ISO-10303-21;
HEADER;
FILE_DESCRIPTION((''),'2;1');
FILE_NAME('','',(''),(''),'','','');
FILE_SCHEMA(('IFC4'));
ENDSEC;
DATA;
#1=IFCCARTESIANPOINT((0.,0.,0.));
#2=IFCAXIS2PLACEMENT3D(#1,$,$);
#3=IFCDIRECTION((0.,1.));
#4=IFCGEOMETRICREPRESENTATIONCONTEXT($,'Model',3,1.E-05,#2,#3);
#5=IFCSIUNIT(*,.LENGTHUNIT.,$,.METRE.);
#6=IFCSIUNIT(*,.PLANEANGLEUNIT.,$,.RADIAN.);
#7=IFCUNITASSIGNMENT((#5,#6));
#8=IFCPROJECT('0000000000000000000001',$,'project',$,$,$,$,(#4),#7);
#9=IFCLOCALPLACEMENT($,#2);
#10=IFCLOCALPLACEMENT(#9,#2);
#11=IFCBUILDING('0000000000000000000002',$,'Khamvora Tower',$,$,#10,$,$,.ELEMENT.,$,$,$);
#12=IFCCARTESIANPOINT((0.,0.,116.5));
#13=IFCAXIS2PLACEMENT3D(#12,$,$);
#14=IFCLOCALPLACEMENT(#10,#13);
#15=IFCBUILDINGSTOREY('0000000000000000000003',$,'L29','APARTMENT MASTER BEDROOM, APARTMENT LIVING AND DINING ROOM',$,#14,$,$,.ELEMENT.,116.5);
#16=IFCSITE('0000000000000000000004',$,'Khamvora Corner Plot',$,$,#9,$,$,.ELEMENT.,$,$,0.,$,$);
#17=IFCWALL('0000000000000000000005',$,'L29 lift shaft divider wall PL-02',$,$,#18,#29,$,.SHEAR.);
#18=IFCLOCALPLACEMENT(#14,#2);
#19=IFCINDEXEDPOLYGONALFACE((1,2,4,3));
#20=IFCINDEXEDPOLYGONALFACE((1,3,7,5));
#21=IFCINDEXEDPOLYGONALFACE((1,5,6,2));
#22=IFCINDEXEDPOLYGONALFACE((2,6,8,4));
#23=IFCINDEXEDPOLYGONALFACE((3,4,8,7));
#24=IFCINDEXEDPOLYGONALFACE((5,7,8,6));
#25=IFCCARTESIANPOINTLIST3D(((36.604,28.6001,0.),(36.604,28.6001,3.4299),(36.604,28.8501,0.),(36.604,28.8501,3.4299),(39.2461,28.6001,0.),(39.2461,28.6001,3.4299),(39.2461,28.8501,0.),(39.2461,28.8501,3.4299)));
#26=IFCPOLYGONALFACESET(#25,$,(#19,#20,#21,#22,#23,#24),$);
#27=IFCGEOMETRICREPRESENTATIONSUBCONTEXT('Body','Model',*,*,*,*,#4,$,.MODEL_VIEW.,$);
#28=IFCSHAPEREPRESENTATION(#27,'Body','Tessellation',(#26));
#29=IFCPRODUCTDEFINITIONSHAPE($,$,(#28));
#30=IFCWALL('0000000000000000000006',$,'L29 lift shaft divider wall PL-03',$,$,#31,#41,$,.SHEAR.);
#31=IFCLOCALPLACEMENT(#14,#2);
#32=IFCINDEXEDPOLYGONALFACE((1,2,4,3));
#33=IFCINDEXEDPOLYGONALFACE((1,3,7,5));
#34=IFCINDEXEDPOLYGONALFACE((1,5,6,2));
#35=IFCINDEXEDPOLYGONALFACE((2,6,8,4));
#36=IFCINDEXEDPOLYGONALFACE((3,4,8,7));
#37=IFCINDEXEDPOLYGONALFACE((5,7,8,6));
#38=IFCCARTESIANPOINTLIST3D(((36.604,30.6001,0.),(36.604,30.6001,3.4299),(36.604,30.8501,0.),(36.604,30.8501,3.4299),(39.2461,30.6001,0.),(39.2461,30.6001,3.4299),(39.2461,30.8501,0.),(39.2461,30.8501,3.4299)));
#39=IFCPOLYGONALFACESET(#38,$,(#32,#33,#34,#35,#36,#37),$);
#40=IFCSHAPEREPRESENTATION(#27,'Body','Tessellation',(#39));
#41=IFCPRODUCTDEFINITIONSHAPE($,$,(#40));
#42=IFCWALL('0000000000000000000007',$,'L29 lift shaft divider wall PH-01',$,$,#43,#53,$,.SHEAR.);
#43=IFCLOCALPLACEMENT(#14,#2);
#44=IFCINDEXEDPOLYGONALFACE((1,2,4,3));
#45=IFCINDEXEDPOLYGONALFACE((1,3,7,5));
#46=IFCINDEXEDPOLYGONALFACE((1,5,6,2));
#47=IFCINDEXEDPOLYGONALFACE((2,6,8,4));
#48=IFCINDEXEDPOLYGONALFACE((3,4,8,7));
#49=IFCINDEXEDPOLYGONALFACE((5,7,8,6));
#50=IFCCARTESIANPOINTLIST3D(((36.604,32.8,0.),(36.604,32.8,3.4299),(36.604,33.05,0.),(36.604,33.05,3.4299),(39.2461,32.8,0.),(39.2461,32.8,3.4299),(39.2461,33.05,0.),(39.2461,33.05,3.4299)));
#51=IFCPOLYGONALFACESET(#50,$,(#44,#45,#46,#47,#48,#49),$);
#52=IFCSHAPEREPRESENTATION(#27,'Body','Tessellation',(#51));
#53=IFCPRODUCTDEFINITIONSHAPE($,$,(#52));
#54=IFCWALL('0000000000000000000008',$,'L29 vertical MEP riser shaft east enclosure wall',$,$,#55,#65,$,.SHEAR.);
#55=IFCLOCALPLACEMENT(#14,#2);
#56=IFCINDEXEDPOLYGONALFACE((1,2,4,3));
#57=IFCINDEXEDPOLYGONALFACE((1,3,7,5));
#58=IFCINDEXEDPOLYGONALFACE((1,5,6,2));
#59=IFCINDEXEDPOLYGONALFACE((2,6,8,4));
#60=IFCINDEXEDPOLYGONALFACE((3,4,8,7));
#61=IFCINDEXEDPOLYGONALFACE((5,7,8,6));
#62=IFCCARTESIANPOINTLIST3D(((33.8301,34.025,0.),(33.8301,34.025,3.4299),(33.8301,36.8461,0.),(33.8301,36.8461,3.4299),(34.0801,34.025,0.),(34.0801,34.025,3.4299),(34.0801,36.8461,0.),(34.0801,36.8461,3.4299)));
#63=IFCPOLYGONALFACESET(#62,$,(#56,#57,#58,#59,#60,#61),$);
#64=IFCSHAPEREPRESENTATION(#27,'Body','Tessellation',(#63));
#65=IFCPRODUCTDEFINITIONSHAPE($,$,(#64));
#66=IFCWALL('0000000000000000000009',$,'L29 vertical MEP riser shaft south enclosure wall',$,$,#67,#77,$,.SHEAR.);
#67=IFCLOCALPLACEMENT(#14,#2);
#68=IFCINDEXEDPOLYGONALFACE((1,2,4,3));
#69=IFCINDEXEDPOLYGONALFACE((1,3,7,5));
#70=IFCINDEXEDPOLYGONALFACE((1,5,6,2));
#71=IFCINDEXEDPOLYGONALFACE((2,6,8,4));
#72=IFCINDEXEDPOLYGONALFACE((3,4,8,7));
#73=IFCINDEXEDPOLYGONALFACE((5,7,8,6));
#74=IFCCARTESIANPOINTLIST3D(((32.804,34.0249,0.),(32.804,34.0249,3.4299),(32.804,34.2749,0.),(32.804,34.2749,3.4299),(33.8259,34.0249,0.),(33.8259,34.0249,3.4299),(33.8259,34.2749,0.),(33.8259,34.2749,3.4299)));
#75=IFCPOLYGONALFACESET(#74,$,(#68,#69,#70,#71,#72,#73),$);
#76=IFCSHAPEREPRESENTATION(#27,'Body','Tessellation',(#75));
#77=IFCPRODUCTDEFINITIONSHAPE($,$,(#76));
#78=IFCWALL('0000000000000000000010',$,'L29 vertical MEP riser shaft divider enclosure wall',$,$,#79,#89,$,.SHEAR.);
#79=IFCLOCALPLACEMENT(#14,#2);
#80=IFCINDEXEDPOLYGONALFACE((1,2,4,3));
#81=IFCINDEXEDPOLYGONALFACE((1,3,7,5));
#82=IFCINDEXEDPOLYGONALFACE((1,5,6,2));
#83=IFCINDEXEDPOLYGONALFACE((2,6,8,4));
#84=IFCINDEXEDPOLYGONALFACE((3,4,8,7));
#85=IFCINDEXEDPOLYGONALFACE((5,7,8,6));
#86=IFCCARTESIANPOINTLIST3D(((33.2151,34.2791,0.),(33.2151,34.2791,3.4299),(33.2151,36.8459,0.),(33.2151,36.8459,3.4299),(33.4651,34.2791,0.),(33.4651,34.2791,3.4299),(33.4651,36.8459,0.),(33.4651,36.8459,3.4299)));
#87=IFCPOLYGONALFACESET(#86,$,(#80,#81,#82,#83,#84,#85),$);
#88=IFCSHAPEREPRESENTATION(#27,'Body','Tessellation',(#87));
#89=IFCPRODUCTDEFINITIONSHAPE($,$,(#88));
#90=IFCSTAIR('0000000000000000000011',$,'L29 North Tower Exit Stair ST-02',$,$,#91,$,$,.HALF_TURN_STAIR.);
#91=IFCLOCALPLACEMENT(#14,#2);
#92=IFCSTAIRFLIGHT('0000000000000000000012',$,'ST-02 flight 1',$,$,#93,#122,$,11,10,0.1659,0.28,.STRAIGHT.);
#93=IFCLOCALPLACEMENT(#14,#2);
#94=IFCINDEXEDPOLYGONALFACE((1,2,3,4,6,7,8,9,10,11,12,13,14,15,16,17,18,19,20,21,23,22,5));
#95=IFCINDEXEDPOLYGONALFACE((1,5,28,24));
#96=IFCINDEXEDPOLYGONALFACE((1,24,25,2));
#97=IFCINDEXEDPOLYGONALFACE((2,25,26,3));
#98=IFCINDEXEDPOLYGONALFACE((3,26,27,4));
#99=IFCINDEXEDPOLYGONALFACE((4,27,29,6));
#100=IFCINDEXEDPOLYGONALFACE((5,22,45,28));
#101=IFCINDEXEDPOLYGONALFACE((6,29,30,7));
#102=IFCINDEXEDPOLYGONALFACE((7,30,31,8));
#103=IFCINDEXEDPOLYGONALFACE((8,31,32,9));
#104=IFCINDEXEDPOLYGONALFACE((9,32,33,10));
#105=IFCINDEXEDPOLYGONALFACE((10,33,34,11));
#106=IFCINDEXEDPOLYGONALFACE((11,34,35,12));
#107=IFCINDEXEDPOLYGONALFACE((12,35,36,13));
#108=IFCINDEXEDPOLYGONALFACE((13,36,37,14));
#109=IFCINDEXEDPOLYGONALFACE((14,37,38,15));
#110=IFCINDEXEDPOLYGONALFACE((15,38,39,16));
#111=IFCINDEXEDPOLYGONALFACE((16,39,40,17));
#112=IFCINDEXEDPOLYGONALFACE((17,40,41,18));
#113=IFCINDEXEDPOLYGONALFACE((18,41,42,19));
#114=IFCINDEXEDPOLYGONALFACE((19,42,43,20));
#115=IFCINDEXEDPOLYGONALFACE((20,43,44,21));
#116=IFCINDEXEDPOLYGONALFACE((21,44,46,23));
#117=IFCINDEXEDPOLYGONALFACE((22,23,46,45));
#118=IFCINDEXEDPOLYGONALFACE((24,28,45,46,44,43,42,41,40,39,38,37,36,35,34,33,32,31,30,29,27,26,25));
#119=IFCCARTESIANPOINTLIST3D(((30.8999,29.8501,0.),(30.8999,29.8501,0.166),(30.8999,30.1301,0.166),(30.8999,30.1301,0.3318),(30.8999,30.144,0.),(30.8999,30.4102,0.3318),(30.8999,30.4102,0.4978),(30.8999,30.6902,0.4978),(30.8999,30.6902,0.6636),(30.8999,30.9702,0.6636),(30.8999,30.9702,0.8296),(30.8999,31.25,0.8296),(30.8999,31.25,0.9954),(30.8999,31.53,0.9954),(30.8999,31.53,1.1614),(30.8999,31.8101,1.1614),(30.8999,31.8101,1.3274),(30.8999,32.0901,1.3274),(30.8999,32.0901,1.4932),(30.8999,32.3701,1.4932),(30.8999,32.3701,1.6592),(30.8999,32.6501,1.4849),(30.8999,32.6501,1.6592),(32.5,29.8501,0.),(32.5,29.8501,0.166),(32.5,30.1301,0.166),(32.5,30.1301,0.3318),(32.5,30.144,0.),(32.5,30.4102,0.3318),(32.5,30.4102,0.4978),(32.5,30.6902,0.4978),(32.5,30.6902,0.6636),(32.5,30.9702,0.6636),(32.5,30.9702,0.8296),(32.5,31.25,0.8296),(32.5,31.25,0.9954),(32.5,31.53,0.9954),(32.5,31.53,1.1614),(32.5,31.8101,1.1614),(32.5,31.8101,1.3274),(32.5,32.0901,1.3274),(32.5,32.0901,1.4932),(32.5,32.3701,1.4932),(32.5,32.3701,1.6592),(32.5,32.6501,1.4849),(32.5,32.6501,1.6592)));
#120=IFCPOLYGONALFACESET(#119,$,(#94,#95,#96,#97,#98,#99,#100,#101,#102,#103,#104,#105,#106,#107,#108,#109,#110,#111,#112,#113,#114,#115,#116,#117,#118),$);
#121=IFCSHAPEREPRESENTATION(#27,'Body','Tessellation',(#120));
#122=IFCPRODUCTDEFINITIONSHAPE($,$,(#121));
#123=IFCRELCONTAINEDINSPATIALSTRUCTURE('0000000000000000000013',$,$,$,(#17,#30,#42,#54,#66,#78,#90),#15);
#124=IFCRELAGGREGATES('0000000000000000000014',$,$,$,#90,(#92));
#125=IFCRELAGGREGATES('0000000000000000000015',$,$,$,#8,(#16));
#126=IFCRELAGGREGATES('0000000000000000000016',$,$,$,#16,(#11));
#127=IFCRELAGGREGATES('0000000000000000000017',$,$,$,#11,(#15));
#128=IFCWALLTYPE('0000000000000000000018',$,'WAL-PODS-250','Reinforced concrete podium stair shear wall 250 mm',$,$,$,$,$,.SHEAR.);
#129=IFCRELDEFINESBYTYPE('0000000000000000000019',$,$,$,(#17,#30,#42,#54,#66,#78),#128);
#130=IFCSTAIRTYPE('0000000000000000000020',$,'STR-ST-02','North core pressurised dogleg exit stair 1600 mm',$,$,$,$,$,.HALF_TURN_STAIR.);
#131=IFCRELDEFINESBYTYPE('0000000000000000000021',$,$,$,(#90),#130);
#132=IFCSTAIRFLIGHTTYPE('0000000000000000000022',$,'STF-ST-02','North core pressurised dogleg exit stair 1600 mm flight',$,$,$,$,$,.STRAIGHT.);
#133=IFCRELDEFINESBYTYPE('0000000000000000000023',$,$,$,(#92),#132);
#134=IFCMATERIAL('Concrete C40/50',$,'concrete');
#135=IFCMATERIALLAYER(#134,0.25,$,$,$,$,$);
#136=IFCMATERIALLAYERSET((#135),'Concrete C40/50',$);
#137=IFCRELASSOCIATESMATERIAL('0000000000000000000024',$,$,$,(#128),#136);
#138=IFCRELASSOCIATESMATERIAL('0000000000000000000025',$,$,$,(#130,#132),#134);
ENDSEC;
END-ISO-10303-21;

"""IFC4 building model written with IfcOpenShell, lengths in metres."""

from ifc_helpers import new_model, si_unit, direction, frame, frame_2d, origin, place, context, subcontext, project, spatial, polyline, rectangle, outline, extrude, material, layer, layer_set, type_object, element, aggregate, save


model = new_model("IFC4")

# Units and contexts
model_context = context("Model", 3, precision=1e-05, world=origin(), true_north=direction((0.0, 1.0)))
body_context = subcontext(model_context, "Body", "Model", "MODEL_VIEW")
ifc_project = project(units=[si_unit("LENGTHUNIT", "METRE"), si_unit("PLANEANGLEUNIT", "RADIAN")], contexts=[model_context])

# Site, building, storey
site_placement = place(None, origin())
site = spatial("IfcSite", under=ifc_project, at=site_placement, Name="Khamvora Corner Plot", CompositionType="ELEMENT", RefElevation=0.0)
building_placement = place(site_placement, origin())
building = spatial("IfcBuilding", under=site, at=building_placement, Name="Khamvora Tower", CompositionType="ELEMENT")
storey_placement = place(building_placement, frame((0.0, 0.0, 116.5)))
storey = spatial("IfcBuildingStorey", under=building, at=storey_placement, Name="L29", Description="APARTMENT MASTER BEDROOM, APARTMENT LIVING AND DINING ROOM", CompositionType="ELEMENT", Elevation=116.5)

# Walls
ifc_material_1 = material(Name="Concrete C40/50", Category="concrete")
ifc_layer_1 = layer(ifc_material_1, 0.25)
ifc_layer_set_1 = layer_set([ifc_layer_1], Name="Concrete C40/50")
wall_type_1 = type_object("IfcWallType", Name="WAL-PODS-250", Description="Reinforced concrete podium stair shear wall 250 mm", PredefinedType="SHEAR", material=ifc_layer_set_1)
for number, where, z_axis, x_axis, name in (
    (1, (36.604, 28.7251, 0.0), (0.0, 0.0, 1.0), (1.0, 0.0, 0.0), "L29 lift shaft divider wall PL-02"),
    (2, (36.604, 30.7251, 0.0), (0.0, 0.0, 1.0), (1.0, 0.0, 0.0), "L29 lift shaft divider wall PL-03"),
    (3, (36.604, 32.925, 0.0), (0.0, 0.0, 1.0), (1.0, 0.0, 0.0), "L29 lift shaft divider wall PH-01"),
):
    element("IfcWall", number, at=place(storey_placement, frame(where, z_axis=z_axis, x_axis=x_axis)), inside=storey, type_object=wall_type_1, Name=name, PredefinedType="SHEAR", context=body_context, shape_type="SweptSolid", body=[
        extrude(rectangle(XDim=2.6421, YDim=0.25, at=frame_2d((1.321, 0.0))), origin(), (0.0, 0.0, 1.0), 3.4299),
    ])
wall_1_placement = place(storey_placement, frame((33.9551, 34.0249, 0.0), z_axis=(0.0, 0.0, 1.0), x_axis=(0.0, 1.0, 0.0)))
element("IfcWall", 4, at=wall_1_placement, inside=storey, type_object=wall_type_1, Name="L29 vertical MEP riser shaft east enclosure wall", PredefinedType="SHEAR", context=body_context, shape_type="SweptSolid", body=[
    extrude(rectangle(XDim=2.821, YDim=0.25, at=frame_2d((1.4106, 0.0))), origin(), (0.0, 0.0, 1.0), 3.4299),
])
wall_2_placement = place(storey_placement, frame((32.804, 34.1499, 0.0), z_axis=(0.0, 0.0, 1.0), x_axis=(1.0, 0.0, 0.0)))
element("IfcWall", 5, at=wall_2_placement, inside=storey, type_object=wall_type_1, Name="L29 vertical MEP riser shaft south enclosure wall", PredefinedType="SHEAR", context=body_context, shape_type="SweptSolid", body=[
    extrude(rectangle(XDim=1.022, YDim=0.25, at=frame_2d((0.511, 0.0))), origin(), (0.0, 0.0, 1.0), 3.4299),
])
wall_3_placement = place(storey_placement, frame((33.3401, 34.2791, 0.0), z_axis=(0.0, 0.0, 1.0), x_axis=(0.0, 1.0, 0.0)))
element("IfcWall", 6, at=wall_3_placement, inside=storey, type_object=wall_type_1, Name="L29 vertical MEP riser shaft divider enclosure wall", PredefinedType="SHEAR", context=body_context, shape_type="SweptSolid", body=[
    extrude(rectangle(XDim=2.5669, YDim=0.25, at=frame_2d((1.2834, 0.0))), origin(), (0.0, 0.0, 1.0), 3.4299),
])

# Stair, stair flight
stair_type = type_object("IfcStairType", Name="STR-ST-02", Description="North core pressurised dogleg exit stair 1600 mm", PredefinedType="HALF_TURN_STAIR", material=ifc_material_1)
stair_placement = place(storey_placement, origin())
stair = element("IfcStair", 7, at=stair_placement, inside=storey, type_object=stair_type, Name="L29 North Tower Exit Stair ST-02", PredefinedType="HALF_TURN_STAIR")
stair_flight_type = type_object("IfcStairFlightType", Name="STF-ST-02", Description="North core pressurised dogleg exit stair 1600 mm flight", PredefinedType="STRAIGHT", material=ifc_material_1)
stair_flight_placement = place(storey_placement, frame((31.7, 29.8501, 0.0), z_axis=(0.0, 0.0, 1.0), x_axis=(0.0, 1.0, 0.0)))
stair_flight = element("IfcStairFlight", 8, at=stair_flight_placement, type_object=stair_flight_type, Name="ST-02 flight 1", NumberOfRisers=11, NumberOfTreads=10, PredefinedType="STRAIGHT", RiserHeight=0.1659, TreadLength=0.28, context=body_context, shape_type="SweptSolid", body=[
    extrude(outline(polyline([(0.0, 0.0), (0.0, 0.166), (0.28, 0.166), (0.28, 0.3318), (0.5601, 0.3318), (0.5601, 0.4978), (0.8401, 0.4978), (0.8401, 0.6636), (1.1201, 0.6636), (1.1201, 0.8296), (1.3999, 0.8296), (1.3999, 0.9954), (1.6799, 0.9954), (1.6799, 1.1614), (1.96, 1.1614), (1.96, 1.3274), (2.24, 1.3274), (2.24, 1.4932), (2.52, 1.4932), (2.52, 1.6592), (2.8, 1.6592), (2.8, 1.825), (2.8, 1.4849), (0.2939, 0.0), (0.0, 0.0)])), frame((0.0, 0.8, 0.0), z_axis=(0.0, -1.0, 0.0), x_axis=(1.0, 0.0, 0.0)), (0.0, 0.0, 1.0), 1.6001),
])
aggregate(stair, [stair_flight])

save(model, "model.ifc")
